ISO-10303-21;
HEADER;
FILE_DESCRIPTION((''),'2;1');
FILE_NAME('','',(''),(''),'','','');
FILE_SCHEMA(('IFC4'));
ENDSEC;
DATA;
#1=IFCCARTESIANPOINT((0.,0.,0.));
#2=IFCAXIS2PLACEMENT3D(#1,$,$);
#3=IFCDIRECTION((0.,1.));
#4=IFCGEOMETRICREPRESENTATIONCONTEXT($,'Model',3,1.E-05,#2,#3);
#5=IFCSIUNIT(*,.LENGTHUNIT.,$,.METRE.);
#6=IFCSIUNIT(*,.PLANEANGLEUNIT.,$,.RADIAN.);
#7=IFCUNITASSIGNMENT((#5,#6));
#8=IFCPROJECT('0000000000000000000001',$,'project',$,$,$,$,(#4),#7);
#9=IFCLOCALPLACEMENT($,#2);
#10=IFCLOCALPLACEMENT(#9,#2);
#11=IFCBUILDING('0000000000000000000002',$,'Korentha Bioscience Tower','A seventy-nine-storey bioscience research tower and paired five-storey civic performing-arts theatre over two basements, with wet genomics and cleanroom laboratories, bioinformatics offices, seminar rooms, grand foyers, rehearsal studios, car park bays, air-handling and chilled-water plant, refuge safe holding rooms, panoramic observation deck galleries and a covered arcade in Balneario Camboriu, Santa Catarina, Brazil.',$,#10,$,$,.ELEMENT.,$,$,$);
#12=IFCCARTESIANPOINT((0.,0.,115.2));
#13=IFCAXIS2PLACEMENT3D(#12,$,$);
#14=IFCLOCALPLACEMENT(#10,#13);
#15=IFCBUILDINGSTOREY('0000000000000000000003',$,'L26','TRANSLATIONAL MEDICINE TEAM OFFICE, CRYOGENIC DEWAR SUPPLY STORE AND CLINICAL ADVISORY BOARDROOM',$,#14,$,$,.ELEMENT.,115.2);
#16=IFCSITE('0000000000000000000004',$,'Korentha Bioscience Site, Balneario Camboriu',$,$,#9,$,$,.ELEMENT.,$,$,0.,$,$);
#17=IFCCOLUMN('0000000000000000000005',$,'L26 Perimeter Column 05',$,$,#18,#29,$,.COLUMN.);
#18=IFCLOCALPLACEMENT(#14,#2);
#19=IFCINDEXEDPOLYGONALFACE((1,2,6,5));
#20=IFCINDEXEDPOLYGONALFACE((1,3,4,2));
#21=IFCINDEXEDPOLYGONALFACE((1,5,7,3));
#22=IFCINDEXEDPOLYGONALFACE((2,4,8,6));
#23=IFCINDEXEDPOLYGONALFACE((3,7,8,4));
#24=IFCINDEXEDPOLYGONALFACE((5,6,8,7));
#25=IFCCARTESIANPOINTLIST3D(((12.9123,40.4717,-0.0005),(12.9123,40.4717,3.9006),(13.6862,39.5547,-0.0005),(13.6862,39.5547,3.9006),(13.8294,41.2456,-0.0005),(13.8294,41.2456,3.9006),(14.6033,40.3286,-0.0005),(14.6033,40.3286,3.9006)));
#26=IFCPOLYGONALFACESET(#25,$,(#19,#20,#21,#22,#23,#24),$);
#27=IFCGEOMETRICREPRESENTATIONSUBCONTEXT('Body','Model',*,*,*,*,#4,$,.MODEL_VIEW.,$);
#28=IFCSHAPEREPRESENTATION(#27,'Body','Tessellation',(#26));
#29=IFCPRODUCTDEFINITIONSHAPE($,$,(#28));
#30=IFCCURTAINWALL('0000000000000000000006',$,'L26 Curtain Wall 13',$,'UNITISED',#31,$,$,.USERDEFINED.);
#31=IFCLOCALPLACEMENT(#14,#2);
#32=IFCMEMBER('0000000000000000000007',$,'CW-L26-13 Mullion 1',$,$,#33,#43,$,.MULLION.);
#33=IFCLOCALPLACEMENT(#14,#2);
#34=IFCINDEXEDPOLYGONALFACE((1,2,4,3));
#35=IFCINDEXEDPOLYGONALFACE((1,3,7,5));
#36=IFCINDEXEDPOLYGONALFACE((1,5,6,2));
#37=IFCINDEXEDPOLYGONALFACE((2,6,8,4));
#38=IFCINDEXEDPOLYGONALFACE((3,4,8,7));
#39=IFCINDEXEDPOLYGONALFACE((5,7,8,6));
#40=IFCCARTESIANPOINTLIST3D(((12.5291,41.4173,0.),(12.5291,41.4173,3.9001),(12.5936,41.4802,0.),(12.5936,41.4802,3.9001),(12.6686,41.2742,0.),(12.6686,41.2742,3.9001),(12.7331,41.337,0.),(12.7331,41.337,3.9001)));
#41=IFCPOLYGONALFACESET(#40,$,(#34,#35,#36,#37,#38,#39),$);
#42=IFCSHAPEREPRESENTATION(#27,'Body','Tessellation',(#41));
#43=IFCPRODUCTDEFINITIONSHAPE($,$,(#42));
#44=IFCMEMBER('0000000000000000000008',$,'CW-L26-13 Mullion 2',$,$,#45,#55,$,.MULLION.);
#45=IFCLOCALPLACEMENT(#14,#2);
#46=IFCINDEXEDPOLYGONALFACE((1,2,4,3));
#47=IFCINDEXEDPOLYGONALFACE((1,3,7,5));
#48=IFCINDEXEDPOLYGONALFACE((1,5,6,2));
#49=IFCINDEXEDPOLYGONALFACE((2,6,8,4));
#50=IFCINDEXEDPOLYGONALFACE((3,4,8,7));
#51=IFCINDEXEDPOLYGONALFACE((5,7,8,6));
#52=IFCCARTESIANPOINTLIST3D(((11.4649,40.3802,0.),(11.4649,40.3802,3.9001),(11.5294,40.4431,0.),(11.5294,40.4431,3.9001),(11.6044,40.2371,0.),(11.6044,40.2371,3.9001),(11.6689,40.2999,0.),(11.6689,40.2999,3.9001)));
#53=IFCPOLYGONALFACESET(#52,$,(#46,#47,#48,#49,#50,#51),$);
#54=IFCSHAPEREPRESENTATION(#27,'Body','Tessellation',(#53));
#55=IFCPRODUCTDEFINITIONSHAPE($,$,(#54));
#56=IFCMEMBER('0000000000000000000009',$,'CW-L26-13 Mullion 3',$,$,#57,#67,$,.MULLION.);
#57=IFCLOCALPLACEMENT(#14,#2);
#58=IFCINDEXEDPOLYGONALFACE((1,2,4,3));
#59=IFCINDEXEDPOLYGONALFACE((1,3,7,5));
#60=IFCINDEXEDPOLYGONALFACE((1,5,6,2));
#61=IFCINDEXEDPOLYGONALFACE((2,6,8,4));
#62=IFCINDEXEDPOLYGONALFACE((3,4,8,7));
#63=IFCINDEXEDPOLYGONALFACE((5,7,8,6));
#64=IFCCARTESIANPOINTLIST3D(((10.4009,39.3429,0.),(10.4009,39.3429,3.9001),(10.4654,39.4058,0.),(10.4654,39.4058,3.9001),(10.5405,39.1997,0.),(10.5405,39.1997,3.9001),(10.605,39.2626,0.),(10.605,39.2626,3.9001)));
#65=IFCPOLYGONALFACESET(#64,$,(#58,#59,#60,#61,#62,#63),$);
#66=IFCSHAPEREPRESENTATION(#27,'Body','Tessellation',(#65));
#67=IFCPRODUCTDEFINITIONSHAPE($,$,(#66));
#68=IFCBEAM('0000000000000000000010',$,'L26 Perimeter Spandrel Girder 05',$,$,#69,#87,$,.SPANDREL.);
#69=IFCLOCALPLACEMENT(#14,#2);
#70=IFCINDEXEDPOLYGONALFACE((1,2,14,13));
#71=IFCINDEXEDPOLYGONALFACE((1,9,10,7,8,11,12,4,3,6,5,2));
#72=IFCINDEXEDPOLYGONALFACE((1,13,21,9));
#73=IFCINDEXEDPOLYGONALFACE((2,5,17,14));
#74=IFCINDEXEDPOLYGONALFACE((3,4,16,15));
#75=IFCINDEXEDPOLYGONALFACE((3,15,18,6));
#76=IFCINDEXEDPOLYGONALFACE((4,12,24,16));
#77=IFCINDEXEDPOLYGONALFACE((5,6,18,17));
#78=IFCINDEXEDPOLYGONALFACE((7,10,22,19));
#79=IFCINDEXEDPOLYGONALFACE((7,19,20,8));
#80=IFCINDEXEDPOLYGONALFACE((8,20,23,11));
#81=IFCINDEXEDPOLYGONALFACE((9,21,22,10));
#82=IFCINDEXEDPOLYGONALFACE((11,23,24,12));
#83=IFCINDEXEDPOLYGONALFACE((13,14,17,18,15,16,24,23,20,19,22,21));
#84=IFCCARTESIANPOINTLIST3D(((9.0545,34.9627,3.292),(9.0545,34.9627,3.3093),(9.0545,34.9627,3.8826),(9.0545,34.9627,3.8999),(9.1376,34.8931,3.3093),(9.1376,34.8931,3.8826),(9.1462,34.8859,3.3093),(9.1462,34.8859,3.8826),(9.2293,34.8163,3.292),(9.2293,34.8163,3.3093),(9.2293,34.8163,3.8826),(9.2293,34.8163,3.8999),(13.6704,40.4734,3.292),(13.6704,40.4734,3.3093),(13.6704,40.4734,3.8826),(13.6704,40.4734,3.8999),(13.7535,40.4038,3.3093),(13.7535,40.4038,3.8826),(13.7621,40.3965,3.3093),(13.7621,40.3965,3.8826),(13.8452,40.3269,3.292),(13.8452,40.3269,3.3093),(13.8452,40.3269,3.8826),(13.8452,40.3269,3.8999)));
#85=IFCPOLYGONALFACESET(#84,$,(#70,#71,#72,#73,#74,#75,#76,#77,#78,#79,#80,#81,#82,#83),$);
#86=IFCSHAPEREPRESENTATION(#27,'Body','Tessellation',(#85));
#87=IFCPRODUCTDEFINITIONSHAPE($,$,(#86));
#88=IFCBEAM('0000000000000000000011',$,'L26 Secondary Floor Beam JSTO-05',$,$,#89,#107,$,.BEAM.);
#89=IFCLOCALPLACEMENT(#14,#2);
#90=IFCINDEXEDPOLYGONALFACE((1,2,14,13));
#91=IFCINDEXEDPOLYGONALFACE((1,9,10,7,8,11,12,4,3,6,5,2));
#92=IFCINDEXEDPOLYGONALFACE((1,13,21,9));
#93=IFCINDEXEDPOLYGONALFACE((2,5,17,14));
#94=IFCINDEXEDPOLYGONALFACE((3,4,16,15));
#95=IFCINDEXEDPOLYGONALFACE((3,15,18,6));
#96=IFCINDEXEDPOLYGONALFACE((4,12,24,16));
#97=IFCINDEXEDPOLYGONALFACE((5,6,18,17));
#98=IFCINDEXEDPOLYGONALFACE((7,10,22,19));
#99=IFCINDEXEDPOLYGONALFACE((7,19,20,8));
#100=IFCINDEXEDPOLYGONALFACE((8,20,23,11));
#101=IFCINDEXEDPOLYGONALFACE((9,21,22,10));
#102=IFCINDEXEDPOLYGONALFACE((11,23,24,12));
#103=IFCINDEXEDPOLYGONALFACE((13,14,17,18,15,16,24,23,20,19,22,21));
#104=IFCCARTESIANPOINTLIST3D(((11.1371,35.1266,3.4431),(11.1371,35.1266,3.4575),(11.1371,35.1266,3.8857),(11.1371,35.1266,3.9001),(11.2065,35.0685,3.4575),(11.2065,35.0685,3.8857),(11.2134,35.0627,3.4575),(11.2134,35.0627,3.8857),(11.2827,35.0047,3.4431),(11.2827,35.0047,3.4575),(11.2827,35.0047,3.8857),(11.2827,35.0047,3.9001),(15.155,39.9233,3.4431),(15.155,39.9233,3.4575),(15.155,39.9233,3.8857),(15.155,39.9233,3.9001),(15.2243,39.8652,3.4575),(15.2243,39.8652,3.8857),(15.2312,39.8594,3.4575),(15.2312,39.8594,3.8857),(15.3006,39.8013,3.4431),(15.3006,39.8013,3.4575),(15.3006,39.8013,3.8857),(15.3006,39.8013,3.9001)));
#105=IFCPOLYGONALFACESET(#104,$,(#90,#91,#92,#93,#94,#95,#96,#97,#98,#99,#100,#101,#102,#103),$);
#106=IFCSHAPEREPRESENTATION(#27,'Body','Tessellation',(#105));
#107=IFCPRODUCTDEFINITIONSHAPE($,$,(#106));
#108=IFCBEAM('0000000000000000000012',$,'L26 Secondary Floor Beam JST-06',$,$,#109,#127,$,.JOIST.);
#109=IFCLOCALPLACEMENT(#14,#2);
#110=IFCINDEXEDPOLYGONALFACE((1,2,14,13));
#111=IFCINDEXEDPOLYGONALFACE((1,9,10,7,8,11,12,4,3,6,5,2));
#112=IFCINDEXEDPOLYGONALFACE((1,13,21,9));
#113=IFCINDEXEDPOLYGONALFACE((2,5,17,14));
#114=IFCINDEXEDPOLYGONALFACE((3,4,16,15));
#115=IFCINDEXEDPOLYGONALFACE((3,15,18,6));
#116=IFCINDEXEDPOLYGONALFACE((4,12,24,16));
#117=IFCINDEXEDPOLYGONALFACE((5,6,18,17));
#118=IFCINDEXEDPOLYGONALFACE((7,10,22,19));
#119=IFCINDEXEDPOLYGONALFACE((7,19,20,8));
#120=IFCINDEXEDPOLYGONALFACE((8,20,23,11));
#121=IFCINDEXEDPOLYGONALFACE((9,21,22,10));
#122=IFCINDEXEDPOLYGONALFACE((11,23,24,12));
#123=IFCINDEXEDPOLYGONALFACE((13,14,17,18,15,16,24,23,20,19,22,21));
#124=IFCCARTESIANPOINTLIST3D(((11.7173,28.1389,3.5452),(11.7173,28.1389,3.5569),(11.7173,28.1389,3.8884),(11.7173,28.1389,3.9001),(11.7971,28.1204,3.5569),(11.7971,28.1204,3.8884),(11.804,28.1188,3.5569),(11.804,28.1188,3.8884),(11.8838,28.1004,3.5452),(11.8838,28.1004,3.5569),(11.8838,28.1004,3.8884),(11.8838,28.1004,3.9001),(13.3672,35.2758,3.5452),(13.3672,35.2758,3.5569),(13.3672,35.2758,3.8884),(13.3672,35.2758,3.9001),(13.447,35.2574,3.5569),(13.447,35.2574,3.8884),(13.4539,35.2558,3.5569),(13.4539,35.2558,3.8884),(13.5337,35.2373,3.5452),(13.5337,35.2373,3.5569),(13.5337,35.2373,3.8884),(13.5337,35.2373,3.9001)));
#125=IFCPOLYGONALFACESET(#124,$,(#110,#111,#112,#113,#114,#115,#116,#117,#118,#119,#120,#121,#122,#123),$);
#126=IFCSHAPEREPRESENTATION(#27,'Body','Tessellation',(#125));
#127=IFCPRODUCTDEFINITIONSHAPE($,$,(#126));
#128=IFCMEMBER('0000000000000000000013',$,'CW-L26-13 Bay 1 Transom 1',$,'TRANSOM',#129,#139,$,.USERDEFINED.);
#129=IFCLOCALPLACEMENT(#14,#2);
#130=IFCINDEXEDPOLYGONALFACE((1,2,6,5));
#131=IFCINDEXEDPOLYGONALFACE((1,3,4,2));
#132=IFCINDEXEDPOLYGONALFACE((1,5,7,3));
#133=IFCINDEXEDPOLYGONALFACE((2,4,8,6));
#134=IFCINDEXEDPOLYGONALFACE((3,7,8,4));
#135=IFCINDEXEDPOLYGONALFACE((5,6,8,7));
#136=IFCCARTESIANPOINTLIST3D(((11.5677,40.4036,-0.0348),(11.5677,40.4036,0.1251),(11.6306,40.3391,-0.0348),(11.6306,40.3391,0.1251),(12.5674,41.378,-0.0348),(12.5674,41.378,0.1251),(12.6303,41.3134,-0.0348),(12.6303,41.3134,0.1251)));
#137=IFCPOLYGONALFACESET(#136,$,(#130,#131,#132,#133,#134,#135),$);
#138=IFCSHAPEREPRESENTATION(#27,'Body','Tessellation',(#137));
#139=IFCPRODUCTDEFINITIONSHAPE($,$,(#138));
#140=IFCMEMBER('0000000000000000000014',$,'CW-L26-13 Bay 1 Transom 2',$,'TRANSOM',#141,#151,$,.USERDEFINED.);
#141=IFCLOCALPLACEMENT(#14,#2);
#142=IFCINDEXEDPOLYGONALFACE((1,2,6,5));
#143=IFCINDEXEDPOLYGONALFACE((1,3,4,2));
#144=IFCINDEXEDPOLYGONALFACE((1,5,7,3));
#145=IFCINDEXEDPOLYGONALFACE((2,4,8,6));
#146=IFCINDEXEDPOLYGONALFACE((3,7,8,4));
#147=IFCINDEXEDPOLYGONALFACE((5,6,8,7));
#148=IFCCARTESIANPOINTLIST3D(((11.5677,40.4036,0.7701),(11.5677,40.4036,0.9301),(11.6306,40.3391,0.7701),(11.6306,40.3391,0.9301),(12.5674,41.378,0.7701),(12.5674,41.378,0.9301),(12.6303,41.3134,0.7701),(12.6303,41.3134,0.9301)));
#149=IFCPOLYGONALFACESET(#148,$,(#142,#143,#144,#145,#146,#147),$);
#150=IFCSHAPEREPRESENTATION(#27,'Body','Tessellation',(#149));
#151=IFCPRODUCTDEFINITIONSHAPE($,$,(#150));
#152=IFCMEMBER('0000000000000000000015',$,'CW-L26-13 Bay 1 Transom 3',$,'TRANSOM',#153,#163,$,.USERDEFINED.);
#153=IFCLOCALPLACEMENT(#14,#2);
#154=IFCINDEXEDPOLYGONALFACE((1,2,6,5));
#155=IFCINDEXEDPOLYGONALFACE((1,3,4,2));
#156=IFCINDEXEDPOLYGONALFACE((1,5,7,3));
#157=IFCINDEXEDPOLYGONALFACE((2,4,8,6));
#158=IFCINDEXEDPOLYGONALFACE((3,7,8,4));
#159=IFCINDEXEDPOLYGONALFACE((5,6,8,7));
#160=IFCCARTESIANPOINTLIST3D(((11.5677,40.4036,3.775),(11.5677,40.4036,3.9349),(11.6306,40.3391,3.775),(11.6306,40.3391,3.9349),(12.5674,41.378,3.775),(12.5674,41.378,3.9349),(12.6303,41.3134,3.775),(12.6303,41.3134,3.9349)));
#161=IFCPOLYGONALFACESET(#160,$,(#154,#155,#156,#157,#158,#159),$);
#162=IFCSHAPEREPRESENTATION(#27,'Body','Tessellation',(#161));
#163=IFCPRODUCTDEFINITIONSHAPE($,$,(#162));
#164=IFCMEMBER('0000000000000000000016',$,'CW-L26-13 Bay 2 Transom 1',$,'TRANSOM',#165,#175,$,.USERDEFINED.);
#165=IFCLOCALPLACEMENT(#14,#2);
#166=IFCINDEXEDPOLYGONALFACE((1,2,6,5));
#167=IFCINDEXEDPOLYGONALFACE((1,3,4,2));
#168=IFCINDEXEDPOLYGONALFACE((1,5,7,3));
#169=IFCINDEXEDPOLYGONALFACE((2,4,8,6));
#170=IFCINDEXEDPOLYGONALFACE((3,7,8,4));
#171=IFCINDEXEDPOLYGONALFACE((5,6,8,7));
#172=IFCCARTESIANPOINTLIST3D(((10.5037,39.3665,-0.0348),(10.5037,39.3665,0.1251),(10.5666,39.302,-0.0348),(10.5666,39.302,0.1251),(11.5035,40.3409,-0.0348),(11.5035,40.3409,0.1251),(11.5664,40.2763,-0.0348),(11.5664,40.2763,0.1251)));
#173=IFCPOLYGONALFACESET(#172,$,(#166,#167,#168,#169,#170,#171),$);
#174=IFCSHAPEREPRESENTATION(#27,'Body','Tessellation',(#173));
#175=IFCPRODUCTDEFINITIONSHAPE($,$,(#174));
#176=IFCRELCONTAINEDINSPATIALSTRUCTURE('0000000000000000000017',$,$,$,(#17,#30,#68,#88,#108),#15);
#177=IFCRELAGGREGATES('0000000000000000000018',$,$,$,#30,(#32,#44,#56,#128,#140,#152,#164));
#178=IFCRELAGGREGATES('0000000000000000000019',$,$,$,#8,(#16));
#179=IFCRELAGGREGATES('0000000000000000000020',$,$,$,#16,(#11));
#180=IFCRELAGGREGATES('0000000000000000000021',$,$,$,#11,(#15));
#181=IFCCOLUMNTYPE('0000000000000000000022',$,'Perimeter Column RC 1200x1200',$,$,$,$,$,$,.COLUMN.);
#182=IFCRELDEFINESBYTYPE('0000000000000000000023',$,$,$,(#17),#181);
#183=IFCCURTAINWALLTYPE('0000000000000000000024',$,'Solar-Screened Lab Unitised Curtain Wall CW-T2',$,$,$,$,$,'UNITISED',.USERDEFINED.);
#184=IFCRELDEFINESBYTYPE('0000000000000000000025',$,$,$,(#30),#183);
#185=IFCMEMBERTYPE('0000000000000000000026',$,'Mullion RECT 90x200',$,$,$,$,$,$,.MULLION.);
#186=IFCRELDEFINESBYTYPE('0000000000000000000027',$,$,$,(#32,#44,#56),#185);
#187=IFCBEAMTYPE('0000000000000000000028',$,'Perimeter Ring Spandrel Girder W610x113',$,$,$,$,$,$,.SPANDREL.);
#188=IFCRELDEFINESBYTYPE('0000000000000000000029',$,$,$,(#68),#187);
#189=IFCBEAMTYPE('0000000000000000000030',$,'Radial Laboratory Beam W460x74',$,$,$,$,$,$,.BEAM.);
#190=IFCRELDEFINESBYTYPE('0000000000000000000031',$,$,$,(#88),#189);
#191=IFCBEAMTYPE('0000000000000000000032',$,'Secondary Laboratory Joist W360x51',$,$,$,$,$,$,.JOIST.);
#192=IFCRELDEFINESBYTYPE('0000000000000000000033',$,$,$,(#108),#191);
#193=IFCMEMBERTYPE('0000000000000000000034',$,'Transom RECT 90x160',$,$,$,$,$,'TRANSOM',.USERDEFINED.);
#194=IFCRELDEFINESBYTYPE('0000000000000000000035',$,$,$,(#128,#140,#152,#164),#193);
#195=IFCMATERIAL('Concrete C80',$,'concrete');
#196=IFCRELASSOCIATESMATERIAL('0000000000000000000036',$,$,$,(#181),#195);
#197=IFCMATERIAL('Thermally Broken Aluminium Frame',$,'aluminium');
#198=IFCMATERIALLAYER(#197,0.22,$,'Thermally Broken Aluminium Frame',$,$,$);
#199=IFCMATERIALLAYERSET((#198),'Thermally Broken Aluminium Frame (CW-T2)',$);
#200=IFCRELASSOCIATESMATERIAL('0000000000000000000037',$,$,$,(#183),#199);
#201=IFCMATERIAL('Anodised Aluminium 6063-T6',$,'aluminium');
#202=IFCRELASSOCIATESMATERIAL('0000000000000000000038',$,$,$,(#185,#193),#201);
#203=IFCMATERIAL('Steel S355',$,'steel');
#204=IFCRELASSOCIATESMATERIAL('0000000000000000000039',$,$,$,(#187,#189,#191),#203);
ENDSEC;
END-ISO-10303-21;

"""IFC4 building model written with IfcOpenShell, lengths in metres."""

from ifc_helpers import new_model, si_unit, direction, frame, origin, origin_2d, place, context, subcontext, project, spatial, rectangle, i_section, extrude, material, layer, layer_set, material_profile, profile_set, type_object, element, aggregate, save


model = new_model("IFC4")

# Units and contexts
model_context = context("Model", 3, precision=1e-05, world=origin(), true_north=direction((0.0, 1.0)))
body_context = subcontext(model_context, "Body", "Model", "MODEL_VIEW")
ifc_project = project(units=[si_unit("LENGTHUNIT", "METRE"), si_unit("PLANEANGLEUNIT", "RADIAN")], contexts=[model_context])

# Site, building, storey
site_placement = place(None, origin())
site = spatial("IfcSite", under=ifc_project, at=site_placement, Name="Korentha Bioscience Site, Balneario Camboriu", CompositionType="ELEMENT", RefElevation=0.0)
building_placement = place(site_placement, origin())
building = spatial("IfcBuilding", under=site, at=building_placement, Name="Korentha Bioscience Tower", Description="A seventy-nine-storey bioscience research tower and paired five-storey civic performing-arts theatre over two basements, with wet genomics and cleanroom laboratories, bioinformatics offices, seminar rooms, grand foyers, rehearsal studios, car park bays, air-handling and chilled-water plant, refuge safe holding rooms, panoramic observation deck galleries and a covered arcade in Balneario Camboriu, Santa Catarina, Brazil.", CompositionType="ELEMENT")
storey_placement = place(building_placement, frame((0.0, 0.0, 115.2)))
storey = spatial("IfcBuildingStorey", under=building, at=storey_placement, Name="L26", Description="TRANSLATIONAL MEDICINE TEAM OFFICE, CRYOGENIC DEWAR SUPPLY STORE AND CLINICAL ADVISORY BOARDROOM", CompositionType="ELEMENT", Elevation=115.2)

# Column
ifc_material_1 = material(Name="Concrete C80", Category="concrete")
ifc_material_profile_1 = material_profile(ifc_material_1, rectangle(XDim=1.2, YDim=1.2, at=origin_2d()), Name="Concrete C80")
ifc_profile_set_1 = profile_set([ifc_material_profile_1], Name="Concrete C80 (COL-P12)")
column_type = type_object("IfcColumnType", Name="Perimeter Column RC 1200x1200", PredefinedType="COLUMN", material=ifc_profile_set_1)
column_placement = place(storey_placement, frame((13.7578, 40.4001, -0.0005), z_axis=(0.0, 0.0, 1.0), x_axis=(0.764246, 0.644924, 0.0)))
element("IfcColumn", 1, at=column_placement, inside=storey, type_object=column_type, Name="L26 Perimeter Column 05", PredefinedType="COLUMN", context=body_context, shape_type="SweptSolid", body=[
    extrude(rectangle(XDim=1.2, YDim=1.2, at=origin_2d()), origin(), (0.0, 0.0, 1.0), 3.9011),
])

# Curtain wall, members
ifc_material_2 = material(Name="Thermally Broken Aluminium Frame", Category="aluminium")
ifc_layer_1 = layer(ifc_material_2, 0.22, Name="Thermally Broken Aluminium Frame")
ifc_layer_set_1 = layer_set([ifc_layer_1], Name="Thermally Broken Aluminium Frame (CW-T2)")
curtain_wall_type = type_object("IfcCurtainWallType", Name="Solar-Screened Lab Unitised Curtain Wall CW-T2", ElementType="UNITISED", PredefinedType="USERDEFINED", material=ifc_layer_set_1)
curtain_wall_placement = place(storey_placement, origin())
curtain_wall = element("IfcCurtainWall", 2, at=curtain_wall_placement, inside=storey, type_object=curtain_wall_type, Name="L26 Curtain Wall 13", ObjectType="UNITISED", PredefinedType="USERDEFINED")
ifc_material_3 = material(Name="Anodised Aluminium 6063-T6", Category="aluminium")
ifc_material_profile_2 = material_profile(ifc_material_3, rectangle(XDim=0.0901, YDim=0.2, at=origin_2d()), Name="Anodised Aluminium 6063-T6")
ifc_profile_set_2 = profile_set([ifc_material_profile_2], Name="Anodised Aluminium 6063-T6 (CW-MUL)")
member_type_1 = type_object("IfcMemberType", Name="Mullion RECT 90x200", PredefinedType="MULLION", material=ifc_profile_set_2)
member_1_placement = place(storey_placement, frame((12.6311, 41.3772, 0.0), z_axis=(0.0, 0.0, 1.0), x_axis=(-0.716096, -0.698002, 0.0)))
member_1 = element("IfcMember", 3, at=member_1_placement, type_object=member_type_1, Name="CW-L26-13 Mullion 1", PredefinedType="MULLION", context=body_context, shape_type="SweptSolid", body=[
    extrude(rectangle(XDim=0.0901, YDim=0.2, at=origin_2d()), origin(), (0.0, 0.0, 1.0), 3.9001),
])
member_2_placement = place(storey_placement, frame((11.5669, 40.3401, 0.0), z_axis=(0.0, 0.0, 1.0), x_axis=(-0.716096, -0.698002, 0.0)))
member_2 = element("IfcMember", 4, at=member_2_placement, type_object=member_type_1, Name="CW-L26-13 Mullion 2", PredefinedType="MULLION", context=body_context, shape_type="SweptSolid", body=[
    extrude(rectangle(XDim=0.0901, YDim=0.2, at=origin_2d()), origin(), (0.0, 0.0, 1.0), 3.9001),
])
member_3_placement = place(storey_placement, frame((10.5029, 39.3027, 0.0), z_axis=(0.0, 0.0, 1.0), x_axis=(-0.716096, -0.698002, 0.0)))
member_3 = element("IfcMember", 5, at=member_3_placement, type_object=member_type_1, Name="CW-L26-13 Mullion 3", PredefinedType="MULLION", context=body_context, shape_type="SweptSolid", body=[
    extrude(rectangle(XDim=0.0901, YDim=0.2, at=origin_2d()), origin(), (0.0, 0.0, 1.0), 3.9001),
])

# Beams
ifc_material_4 = material(Name="Steel S355", Category="steel")
ifc_material_profile_3 = material_profile(ifc_material_4, i_section(OverallWidth=0.228, OverallDepth=0.6079, WebThickness=0.0112, FlangeThickness=0.0173, at=origin_2d()), Name="Steel S355")
ifc_profile_set_3 = profile_set([ifc_material_profile_3], Name="Steel S355 (SB-610)")
beam_type_1 = type_object("IfcBeamType", Name="Perimeter Ring Spandrel Girder W610x113", PredefinedType="SPANDREL", material=ifc_profile_set_3)
beam_1_placement = place(storey_placement, frame((13.7578, 40.4001, 3.5959), z_axis=(-0.642127, -0.766599, 0.0), x_axis=(0.766599, -0.642127, 0.0)))
element("IfcBeam", 6, at=beam_1_placement, inside=storey, type_object=beam_type_1, Name="L26 Perimeter Spandrel Girder 05", PredefinedType="SPANDREL", context=body_context, shape_type="SweptSolid", body=[
    extrude(i_section(OverallWidth=0.228, OverallDepth=0.6079, WebThickness=0.0112, FlangeThickness=0.0173, at=origin_2d()), origin(), (0.0, 0.0, 1.0), 7.1885),
])
ifc_material_profile_4 = material_profile(ifc_material_4, i_section(OverallWidth=0.1899, OverallDepth=0.457, WebThickness=0.009, FlangeThickness=0.0144, at=origin_2d()), Name="Steel S355")
ifc_profile_set_4 = profile_set([ifc_material_profile_4], Name="Steel S355 (RB-460)")
beam_type_2 = type_object("IfcBeamType", Name="Radial Laboratory Beam W460x74", PredefinedType="BEAM", material=ifc_profile_set_4)
beam_2_placement = place(storey_placement, frame((15.2278, 39.8623, 3.6716), z_axis=(-0.642128, -0.766597, 0.0), x_axis=(0.766597, -0.642128, 0.0)))
element("IfcBeam", 7, at=beam_2_placement, inside=storey, type_object=beam_type_2, Name="L26 Secondary Floor Beam JSTO-05", PredefinedType="BEAM", context=body_context, shape_type="SweptSolid", body=[
    extrude(i_section(OverallWidth=0.1899, OverallDepth=0.457, WebThickness=0.009, FlangeThickness=0.0144, at=origin_2d()), origin(), (0.0, 0.0, 1.0), 6.2571),
])
ifc_material_profile_5 = material_profile(ifc_material_4, i_section(OverallWidth=0.1709, OverallDepth=0.355, WebThickness=0.0071, FlangeThickness=0.0117, at=origin_2d()), Name="Steel S355")
ifc_profile_set_5 = profile_set([ifc_material_profile_5], Name="Steel S355 (JB-360)")
beam_type_3 = type_object("IfcBeamType", Name="Secondary Laboratory Joist W360x51", PredefinedType="JOIST", material=ifc_profile_set_5)
beam_3_placement = place(storey_placement, frame((13.4504, 35.2566, 3.7227), z_axis=(-0.225237, -0.974304, 0.0), x_axis=(0.974304, -0.225237, 0.0)))
element("IfcBeam", 8, at=beam_3_placement, inside=storey, type_object=beam_type_3, Name="L26 Secondary Floor Beam JST-06", PredefinedType="JOIST", context=body_context, shape_type="SweptSolid", body=[
    extrude(i_section(OverallWidth=0.1709, OverallDepth=0.355, WebThickness=0.0071, FlangeThickness=0.0117, at=origin_2d()), origin(), (0.0, 0.0, 1.0), 7.3252),
])

# Members
ifc_material_profile_6 = material_profile(ifc_material_3, rectangle(XDim=0.0901, YDim=0.1599, at=origin_2d()), Name="Anodised Aluminium 6063-T6")
ifc_profile_set_6 = profile_set([ifc_material_profile_6], Name="Anodised Aluminium 6063-T6 (CW-TRN)")
member_type_2 = type_object("IfcMemberType", Name="Transom RECT 90x160", ElementType="TRANSOM", PredefinedType="USERDEFINED", material=ifc_profile_set_6)
member_4_placement = place(storey_placement, frame((12.5989, 41.3457, 0.0452), z_axis=(-0.716142, -0.697954, 0.0), x_axis=(0.697954, -0.716142, 0.0)))
member_4 = element("IfcMember", 9, at=member_4_placement, type_object=member_type_2, Name="CW-L26-13 Bay 1 Transom 1", ObjectType="TRANSOM", PredefinedType="USERDEFINED", context=body_context, shape_type="SweptSolid", body=[
    extrude(rectangle(XDim=0.0901, YDim=0.1599, at=origin_2d()), origin(), (0.0, 0.0, 1.0), 1.396),
])
member_5_placement = place(storey_placement, frame((12.5989, 41.3457, 0.8501), z_axis=(-0.716142, -0.697954, 0.0), x_axis=(0.697954, -0.716142, 0.0)))
member_5 = element("IfcMember", 10, at=member_5_placement, type_object=member_type_2, Name="CW-L26-13 Bay 1 Transom 2", ObjectType="TRANSOM", PredefinedType="USERDEFINED", context=body_context, shape_type="SweptSolid", body=[
    extrude(rectangle(XDim=0.0901, YDim=0.1599, at=origin_2d()), origin(), (0.0, 0.0, 1.0), 1.396),
])
member_6_placement = place(storey_placement, frame((12.5989, 41.3457, 3.855), z_axis=(-0.716142, -0.697954, 0.0), x_axis=(0.697954, -0.716142, 0.0)))
member_6 = element("IfcMember", 11, at=member_6_placement, type_object=member_type_2, Name="CW-L26-13 Bay 1 Transom 3", ObjectType="TRANSOM", PredefinedType="USERDEFINED", context=body_context, shape_type="SweptSolid", body=[
    extrude(rectangle(XDim=0.0901, YDim=0.1599, at=origin_2d()), origin(), (0.0, 0.0, 1.0), 1.396),
])
member_7_placement = place(storey_placement, frame((11.5349, 40.3086, 0.0452), z_axis=(-0.716142, -0.697954, 0.0), x_axis=(0.697954, -0.716142, 0.0)))
member_7 = element("IfcMember", 12, at=member_7_placement, type_object=member_type_2, Name="CW-L26-13 Bay 2 Transom 1", ObjectType="TRANSOM", PredefinedType="USERDEFINED", context=body_context, shape_type="SweptSolid", body=[
    extrude(rectangle(XDim=0.0901, YDim=0.1599, at=origin_2d()), origin(), (0.0, 0.0, 1.0), 1.396),
])

aggregate(curtain_wall, [member_1, member_2, member_3, member_4, member_5, member_6, member_7])

save(model, "model.ifc")
